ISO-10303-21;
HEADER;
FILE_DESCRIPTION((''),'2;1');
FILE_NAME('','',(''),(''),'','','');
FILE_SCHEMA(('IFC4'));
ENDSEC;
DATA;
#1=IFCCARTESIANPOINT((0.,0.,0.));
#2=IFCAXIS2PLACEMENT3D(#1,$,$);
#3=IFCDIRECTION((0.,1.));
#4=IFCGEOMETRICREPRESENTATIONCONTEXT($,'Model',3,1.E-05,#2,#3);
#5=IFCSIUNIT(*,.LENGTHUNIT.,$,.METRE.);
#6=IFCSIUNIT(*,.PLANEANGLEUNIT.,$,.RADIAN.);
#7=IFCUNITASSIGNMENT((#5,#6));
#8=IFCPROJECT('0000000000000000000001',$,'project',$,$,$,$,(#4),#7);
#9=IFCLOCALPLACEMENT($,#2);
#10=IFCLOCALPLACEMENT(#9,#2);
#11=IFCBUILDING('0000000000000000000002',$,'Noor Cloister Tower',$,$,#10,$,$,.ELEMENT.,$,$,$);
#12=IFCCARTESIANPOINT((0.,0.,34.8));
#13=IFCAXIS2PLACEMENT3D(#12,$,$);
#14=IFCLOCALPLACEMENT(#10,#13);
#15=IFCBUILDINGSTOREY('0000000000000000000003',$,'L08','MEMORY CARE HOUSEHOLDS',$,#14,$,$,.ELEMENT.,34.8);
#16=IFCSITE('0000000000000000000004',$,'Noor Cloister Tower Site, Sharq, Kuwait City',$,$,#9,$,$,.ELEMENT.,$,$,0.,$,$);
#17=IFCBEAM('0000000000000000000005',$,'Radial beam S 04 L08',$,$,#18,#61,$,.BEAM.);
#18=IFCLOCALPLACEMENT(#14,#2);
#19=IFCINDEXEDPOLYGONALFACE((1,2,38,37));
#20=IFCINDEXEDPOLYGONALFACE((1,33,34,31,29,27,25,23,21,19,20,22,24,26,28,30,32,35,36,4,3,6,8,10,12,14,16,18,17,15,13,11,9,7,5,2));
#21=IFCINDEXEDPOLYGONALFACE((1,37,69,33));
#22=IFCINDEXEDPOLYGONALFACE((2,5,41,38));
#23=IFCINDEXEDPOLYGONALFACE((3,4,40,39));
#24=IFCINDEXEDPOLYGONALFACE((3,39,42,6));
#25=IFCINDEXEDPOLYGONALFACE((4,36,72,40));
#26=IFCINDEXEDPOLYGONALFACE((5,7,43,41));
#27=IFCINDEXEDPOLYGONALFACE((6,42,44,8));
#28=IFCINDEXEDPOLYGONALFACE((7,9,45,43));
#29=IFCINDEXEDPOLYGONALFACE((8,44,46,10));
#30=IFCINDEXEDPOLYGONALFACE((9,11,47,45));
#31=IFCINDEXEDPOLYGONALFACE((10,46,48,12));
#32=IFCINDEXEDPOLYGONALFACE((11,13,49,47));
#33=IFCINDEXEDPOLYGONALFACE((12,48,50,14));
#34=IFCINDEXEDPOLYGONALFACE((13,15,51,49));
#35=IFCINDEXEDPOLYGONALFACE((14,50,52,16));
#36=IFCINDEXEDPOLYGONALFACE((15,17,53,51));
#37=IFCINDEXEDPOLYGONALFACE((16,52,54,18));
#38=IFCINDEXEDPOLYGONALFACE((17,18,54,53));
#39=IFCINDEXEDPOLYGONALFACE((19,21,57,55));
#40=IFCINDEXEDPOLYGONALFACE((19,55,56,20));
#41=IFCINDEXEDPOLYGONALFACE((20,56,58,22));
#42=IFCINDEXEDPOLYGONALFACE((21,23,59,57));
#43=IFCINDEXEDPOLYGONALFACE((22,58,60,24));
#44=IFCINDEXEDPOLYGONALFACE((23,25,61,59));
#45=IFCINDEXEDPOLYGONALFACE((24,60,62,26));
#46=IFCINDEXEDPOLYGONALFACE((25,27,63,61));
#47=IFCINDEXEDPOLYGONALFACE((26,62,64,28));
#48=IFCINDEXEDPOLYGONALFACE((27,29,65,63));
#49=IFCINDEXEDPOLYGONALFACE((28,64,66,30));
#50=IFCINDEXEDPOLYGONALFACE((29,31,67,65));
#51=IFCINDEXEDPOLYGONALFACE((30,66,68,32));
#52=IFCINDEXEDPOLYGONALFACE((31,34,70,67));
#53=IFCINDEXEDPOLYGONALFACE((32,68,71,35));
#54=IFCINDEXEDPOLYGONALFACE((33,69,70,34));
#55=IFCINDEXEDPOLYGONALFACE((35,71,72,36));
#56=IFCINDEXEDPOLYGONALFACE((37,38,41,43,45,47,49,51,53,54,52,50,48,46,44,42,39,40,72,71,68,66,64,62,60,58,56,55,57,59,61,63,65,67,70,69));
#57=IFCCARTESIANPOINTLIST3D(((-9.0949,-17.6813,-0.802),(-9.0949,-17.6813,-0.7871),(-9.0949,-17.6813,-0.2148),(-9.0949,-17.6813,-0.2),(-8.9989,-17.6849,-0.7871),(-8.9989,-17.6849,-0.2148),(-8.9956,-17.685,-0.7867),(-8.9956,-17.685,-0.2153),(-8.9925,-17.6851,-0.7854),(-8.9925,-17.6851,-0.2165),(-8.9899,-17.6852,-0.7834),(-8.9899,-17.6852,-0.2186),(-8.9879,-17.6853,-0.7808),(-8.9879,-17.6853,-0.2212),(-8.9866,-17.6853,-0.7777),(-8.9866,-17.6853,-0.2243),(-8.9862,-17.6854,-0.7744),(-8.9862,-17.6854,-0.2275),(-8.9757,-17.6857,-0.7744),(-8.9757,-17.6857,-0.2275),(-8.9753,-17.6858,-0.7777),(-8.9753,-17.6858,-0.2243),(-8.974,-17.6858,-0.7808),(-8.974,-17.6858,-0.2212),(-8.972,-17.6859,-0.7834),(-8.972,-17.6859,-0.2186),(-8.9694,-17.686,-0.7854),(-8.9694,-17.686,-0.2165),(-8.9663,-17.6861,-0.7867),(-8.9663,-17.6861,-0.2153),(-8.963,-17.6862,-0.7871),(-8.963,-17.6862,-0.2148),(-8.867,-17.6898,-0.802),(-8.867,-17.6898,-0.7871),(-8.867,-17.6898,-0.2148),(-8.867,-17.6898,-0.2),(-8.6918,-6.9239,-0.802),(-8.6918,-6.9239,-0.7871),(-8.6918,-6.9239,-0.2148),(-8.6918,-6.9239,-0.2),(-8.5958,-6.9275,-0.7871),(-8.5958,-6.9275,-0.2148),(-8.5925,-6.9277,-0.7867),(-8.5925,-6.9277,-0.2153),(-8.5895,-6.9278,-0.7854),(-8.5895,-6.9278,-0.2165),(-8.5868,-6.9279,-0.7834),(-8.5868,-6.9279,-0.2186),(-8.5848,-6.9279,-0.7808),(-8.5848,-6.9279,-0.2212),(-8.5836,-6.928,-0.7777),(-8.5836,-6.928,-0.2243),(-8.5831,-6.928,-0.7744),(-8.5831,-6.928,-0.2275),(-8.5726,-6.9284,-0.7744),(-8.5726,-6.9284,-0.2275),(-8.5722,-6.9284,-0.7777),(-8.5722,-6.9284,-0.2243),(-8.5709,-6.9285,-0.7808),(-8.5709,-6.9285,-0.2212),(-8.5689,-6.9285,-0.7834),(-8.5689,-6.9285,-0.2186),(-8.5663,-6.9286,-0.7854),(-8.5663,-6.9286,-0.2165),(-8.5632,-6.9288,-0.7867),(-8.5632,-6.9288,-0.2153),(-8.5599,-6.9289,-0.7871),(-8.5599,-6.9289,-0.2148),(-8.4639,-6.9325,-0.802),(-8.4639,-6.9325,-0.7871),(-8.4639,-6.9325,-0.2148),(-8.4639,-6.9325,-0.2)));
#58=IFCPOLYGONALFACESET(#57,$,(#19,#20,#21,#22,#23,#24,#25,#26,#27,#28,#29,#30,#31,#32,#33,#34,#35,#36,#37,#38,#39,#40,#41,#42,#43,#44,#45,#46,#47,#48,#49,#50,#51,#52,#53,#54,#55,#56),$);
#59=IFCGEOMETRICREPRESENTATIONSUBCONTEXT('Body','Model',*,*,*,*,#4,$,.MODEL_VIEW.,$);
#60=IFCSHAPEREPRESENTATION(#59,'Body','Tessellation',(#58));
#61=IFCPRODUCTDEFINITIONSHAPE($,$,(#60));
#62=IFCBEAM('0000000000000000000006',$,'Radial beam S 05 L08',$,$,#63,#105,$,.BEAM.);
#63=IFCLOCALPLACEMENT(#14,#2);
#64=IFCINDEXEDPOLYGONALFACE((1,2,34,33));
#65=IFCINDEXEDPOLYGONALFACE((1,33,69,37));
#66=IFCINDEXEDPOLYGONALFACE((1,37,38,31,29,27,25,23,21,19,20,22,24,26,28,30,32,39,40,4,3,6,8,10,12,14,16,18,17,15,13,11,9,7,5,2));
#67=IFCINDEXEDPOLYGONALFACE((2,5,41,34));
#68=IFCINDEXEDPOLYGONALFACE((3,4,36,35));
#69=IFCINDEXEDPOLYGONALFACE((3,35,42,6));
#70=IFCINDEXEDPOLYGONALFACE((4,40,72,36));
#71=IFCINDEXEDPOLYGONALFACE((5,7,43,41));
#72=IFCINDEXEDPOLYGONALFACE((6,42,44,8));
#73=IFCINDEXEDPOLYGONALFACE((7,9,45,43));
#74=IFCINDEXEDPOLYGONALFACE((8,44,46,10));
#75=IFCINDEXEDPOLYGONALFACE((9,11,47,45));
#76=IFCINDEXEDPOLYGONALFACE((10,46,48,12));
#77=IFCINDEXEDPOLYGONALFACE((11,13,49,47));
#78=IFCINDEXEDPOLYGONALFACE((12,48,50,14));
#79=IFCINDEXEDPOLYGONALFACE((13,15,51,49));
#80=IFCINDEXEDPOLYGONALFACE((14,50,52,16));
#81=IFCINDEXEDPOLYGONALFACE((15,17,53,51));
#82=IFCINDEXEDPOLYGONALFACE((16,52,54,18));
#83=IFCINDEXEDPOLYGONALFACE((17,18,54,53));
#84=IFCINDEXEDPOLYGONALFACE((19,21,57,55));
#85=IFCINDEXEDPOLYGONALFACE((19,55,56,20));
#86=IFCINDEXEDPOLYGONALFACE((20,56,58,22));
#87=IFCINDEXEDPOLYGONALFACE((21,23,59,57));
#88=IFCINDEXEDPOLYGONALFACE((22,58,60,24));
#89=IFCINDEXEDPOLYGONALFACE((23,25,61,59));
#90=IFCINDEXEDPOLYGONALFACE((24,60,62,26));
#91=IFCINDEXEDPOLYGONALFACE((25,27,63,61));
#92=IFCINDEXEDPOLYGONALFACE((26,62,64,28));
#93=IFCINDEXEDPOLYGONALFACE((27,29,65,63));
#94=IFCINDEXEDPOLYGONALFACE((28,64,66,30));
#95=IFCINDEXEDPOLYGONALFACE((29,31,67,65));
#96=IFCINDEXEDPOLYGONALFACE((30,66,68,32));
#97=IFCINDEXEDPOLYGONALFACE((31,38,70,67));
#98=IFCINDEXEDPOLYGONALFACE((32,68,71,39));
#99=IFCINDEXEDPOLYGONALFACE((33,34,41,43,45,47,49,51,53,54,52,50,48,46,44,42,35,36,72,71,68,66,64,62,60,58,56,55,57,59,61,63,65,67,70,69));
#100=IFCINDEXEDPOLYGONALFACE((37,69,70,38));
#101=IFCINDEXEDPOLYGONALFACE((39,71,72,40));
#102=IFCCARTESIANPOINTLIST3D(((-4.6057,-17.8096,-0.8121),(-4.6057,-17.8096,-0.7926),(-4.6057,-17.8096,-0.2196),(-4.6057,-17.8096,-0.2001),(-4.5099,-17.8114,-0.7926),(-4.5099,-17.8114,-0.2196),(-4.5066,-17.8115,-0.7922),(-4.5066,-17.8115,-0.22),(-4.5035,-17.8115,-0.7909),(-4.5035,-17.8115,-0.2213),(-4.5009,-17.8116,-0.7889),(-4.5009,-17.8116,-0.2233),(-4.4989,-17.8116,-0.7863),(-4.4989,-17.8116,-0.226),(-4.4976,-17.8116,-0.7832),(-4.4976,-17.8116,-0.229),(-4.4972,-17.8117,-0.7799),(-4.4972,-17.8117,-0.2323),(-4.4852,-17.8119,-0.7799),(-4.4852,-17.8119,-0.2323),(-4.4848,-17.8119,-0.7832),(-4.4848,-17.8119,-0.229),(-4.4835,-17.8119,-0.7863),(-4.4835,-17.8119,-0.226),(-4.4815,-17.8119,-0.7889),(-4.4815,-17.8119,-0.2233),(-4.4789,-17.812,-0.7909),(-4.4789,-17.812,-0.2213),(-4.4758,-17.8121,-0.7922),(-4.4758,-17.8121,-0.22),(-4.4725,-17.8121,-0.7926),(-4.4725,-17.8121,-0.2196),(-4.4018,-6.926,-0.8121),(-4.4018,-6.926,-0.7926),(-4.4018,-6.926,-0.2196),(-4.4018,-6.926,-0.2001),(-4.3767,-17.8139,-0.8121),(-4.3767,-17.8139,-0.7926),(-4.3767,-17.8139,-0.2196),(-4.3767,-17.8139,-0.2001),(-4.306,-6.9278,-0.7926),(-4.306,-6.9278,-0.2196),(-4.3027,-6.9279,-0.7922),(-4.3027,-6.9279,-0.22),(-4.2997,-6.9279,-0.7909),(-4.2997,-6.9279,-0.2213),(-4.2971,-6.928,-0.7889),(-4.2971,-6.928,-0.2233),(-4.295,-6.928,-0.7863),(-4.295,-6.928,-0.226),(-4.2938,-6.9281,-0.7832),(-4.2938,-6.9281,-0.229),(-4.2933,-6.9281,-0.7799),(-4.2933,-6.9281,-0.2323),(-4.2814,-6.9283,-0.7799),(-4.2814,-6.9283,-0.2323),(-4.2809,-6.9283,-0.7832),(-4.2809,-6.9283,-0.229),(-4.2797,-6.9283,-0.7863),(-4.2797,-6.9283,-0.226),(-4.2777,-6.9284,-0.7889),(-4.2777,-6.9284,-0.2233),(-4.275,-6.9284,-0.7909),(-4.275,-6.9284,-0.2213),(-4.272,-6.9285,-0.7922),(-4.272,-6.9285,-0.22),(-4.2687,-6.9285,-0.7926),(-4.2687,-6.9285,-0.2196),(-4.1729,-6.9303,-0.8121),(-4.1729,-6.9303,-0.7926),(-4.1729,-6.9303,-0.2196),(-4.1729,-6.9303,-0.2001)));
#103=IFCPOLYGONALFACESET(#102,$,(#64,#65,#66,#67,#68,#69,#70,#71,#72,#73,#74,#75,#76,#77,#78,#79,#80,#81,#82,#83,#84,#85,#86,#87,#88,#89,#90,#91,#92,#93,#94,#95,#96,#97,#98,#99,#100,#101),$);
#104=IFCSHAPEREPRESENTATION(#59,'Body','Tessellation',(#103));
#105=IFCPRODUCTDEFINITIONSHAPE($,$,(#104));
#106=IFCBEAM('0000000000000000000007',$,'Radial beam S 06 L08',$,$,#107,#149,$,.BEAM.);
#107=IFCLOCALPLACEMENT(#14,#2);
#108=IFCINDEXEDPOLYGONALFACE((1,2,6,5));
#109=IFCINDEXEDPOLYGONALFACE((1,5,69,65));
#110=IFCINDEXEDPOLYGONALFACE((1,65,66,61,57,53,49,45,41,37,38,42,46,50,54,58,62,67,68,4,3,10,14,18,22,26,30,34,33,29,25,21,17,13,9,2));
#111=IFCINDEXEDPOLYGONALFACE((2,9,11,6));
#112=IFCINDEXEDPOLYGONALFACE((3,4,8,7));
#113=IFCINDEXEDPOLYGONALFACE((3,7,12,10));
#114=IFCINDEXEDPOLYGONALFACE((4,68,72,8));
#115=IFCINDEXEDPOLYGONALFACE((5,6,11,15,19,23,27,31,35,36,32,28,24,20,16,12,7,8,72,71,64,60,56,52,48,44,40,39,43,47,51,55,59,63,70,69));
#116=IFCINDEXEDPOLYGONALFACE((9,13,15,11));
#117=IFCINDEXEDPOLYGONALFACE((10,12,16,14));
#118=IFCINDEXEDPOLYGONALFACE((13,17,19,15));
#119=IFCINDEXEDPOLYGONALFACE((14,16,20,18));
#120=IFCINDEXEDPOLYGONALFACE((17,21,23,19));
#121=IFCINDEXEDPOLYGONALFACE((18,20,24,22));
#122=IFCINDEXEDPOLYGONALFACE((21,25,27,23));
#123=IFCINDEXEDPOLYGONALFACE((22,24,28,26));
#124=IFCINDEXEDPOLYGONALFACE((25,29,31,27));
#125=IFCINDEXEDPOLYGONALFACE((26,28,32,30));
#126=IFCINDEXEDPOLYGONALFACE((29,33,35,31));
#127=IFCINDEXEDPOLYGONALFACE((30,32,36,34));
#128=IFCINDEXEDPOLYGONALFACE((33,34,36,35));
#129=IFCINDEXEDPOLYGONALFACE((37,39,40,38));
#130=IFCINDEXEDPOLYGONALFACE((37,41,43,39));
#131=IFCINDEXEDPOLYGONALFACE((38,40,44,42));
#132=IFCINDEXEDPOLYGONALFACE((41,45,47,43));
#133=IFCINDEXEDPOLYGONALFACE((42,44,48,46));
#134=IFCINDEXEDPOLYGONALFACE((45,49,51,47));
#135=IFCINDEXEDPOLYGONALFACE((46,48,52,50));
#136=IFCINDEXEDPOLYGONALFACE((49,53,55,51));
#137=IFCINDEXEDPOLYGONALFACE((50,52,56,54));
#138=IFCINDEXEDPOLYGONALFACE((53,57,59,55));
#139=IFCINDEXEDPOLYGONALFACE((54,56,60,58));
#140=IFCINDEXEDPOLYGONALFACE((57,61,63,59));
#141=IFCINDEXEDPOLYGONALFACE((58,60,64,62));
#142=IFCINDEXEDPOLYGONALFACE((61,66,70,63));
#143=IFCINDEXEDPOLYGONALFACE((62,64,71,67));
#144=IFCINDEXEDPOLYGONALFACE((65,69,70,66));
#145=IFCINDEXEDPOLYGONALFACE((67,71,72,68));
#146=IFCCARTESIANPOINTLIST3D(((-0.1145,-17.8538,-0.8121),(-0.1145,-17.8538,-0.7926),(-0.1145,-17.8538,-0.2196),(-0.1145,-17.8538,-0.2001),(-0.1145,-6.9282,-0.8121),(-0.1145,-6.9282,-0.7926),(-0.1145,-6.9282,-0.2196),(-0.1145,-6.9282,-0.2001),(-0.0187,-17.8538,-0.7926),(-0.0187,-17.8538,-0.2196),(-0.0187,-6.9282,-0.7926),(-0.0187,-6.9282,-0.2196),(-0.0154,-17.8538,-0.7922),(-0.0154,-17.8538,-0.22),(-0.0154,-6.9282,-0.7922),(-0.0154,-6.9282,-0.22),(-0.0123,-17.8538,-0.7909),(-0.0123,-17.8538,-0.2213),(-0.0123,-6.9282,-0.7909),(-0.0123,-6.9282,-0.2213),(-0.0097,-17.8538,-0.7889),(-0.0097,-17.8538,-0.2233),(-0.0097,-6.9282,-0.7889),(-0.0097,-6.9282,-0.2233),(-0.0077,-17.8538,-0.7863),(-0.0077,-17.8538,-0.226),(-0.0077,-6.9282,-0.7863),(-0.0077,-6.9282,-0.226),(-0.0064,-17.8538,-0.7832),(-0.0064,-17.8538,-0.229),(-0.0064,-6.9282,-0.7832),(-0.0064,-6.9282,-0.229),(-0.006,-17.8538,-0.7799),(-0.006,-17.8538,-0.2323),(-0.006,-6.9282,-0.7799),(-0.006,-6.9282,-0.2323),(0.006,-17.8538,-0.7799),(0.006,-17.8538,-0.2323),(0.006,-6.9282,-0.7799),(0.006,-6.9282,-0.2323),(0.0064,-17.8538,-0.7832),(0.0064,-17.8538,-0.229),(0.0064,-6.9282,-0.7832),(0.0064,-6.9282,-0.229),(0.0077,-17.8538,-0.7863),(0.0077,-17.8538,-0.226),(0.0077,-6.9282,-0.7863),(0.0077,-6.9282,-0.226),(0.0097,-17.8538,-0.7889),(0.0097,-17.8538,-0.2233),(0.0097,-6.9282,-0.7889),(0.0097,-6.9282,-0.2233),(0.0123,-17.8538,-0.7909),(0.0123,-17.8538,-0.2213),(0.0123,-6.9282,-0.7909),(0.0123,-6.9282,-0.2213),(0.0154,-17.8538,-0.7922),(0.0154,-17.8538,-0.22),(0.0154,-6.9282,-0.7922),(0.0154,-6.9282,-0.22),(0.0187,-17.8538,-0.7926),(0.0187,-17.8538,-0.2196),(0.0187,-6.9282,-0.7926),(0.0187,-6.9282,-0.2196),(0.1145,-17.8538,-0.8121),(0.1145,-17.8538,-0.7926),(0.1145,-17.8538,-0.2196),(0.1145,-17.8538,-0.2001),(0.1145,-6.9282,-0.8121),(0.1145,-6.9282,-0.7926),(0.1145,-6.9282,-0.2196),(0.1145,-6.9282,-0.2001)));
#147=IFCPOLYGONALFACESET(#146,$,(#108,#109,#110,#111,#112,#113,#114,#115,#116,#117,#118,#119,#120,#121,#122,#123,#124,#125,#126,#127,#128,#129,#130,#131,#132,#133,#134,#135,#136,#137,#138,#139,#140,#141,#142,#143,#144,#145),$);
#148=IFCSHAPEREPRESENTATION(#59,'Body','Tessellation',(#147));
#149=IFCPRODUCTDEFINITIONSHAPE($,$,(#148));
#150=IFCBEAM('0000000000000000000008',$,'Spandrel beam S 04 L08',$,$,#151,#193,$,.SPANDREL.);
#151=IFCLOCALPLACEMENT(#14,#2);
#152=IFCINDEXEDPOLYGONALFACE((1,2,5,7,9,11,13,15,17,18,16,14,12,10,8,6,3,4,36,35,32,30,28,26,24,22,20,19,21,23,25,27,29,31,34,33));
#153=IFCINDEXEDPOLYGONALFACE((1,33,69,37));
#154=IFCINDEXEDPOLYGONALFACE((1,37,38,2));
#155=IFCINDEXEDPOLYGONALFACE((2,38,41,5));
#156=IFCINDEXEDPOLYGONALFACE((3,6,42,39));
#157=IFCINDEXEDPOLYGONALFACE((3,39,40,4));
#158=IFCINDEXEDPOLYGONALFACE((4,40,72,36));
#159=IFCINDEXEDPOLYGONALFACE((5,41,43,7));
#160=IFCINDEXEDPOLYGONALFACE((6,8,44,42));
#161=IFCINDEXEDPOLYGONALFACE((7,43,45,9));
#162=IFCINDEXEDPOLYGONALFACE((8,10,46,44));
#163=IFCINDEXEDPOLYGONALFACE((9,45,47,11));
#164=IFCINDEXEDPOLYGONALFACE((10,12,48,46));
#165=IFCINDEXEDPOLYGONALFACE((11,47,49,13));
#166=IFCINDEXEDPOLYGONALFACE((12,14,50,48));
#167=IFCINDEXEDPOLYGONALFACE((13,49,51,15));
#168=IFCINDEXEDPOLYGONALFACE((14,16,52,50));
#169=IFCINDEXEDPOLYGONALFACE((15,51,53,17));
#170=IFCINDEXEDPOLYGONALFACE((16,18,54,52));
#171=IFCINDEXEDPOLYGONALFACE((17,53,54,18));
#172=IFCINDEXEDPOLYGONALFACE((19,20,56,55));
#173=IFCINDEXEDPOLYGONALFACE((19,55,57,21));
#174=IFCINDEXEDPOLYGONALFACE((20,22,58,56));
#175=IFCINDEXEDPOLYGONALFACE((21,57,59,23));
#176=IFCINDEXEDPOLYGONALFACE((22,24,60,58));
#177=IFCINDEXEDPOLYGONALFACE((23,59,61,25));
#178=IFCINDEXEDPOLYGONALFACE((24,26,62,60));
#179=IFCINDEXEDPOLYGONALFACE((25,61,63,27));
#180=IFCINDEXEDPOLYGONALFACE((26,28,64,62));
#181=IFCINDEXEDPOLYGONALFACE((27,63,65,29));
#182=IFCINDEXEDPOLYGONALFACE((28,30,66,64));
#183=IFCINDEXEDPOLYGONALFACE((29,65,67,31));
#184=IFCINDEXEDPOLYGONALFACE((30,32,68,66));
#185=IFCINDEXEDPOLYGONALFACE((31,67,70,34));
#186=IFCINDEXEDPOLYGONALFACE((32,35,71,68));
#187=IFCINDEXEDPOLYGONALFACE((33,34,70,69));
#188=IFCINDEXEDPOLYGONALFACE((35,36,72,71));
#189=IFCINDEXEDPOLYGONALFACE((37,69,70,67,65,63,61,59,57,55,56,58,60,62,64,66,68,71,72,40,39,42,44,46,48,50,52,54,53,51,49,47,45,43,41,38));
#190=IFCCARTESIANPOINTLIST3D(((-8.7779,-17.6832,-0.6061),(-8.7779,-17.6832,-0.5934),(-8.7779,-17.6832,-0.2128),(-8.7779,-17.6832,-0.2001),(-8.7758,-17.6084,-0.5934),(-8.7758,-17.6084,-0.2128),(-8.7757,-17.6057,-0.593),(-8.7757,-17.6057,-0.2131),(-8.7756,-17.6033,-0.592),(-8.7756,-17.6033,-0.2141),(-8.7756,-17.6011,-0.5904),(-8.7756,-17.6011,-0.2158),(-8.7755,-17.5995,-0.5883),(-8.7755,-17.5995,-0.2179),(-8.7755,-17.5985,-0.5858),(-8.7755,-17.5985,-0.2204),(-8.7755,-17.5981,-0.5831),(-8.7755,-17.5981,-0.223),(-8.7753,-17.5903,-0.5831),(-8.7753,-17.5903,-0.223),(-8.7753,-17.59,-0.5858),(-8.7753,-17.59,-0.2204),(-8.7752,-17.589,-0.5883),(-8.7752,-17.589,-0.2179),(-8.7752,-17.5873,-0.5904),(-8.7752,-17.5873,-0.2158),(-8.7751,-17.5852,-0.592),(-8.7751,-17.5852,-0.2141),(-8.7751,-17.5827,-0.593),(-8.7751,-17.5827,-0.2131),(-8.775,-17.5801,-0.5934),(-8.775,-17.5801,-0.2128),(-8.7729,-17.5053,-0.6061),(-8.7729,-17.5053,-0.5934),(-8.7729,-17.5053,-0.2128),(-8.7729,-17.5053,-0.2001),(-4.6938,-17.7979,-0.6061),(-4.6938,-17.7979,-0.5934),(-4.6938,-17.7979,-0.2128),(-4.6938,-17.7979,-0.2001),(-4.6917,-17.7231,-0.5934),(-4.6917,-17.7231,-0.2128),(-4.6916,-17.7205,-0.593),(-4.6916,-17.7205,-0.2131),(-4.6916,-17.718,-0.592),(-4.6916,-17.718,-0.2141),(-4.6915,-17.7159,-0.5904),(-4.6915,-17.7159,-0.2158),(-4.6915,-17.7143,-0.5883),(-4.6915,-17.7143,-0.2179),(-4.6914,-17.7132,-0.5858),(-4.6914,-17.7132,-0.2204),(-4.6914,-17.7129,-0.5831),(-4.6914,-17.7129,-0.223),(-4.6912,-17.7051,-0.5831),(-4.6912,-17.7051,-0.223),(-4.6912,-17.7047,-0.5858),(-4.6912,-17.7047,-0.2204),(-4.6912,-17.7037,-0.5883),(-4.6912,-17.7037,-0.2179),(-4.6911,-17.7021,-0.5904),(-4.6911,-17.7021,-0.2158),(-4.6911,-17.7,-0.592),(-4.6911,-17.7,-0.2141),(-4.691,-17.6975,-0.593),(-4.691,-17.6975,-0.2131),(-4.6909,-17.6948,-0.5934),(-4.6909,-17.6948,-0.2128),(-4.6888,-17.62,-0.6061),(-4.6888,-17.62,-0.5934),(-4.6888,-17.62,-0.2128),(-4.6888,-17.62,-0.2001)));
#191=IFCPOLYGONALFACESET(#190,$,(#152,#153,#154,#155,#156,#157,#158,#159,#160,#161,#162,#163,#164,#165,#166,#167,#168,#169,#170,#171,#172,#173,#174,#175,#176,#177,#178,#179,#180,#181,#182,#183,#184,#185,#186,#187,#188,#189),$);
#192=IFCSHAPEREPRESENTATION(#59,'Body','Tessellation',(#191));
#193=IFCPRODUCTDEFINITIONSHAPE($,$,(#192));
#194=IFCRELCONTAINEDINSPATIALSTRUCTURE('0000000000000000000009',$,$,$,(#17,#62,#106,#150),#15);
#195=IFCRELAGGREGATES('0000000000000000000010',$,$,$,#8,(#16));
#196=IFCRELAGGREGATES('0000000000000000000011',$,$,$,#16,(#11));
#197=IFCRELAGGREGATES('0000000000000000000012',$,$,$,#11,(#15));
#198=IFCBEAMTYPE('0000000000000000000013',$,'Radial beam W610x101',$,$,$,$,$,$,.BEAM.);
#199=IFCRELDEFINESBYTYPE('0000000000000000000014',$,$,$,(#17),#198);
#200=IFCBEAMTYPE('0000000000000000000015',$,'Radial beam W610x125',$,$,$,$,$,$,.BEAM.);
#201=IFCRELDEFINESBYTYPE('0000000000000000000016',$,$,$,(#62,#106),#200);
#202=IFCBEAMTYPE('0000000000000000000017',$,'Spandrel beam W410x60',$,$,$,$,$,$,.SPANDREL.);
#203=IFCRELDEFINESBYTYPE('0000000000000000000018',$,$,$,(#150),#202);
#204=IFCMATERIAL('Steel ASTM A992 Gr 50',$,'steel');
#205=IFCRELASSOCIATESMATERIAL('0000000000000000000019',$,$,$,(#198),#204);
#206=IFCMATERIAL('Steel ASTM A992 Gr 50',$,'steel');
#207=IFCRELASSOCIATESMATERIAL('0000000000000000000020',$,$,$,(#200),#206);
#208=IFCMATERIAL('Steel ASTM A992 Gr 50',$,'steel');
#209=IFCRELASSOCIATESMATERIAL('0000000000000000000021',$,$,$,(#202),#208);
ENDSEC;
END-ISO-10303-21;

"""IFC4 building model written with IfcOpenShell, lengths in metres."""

from ifc_helpers import new_model, si_unit, direction, frame, origin, origin_2d, place, context, subcontext, project, spatial, i_section, extrude, material, material_profile, profile_set, type_object, element, save


model = new_model("IFC4")

# Units and contexts
model_context = context("Model", 3, precision=1e-05, world=origin(), true_north=direction((0.0, 1.0)))
body_context = subcontext(model_context, "Body", "Model", "MODEL_VIEW")
ifc_project = project(units=[si_unit("LENGTHUNIT", "METRE"), si_unit("PLANEANGLEUNIT", "RADIAN")], contexts=[model_context])

# Site, building, storey
site_placement = place(None, origin())
site = spatial("IfcSite", under=ifc_project, at=site_placement, Name="Noor Cloister Tower Site, Sharq, Kuwait City", CompositionType="ELEMENT", RefElevation=0.0)
building_placement = place(site_placement, origin())
building = spatial("IfcBuilding", under=site, at=building_placement, Name="Noor Cloister Tower", CompositionType="ELEMENT")
storey_placement = place(building_placement, frame((0.0, 0.0, 34.8)))
storey = spatial("IfcBuildingStorey", under=building, at=storey_placement, Name="L08", Description="MEMORY CARE HOUSEHOLDS", CompositionType="ELEMENT", Elevation=34.8)

# Beams
ifc_material_1 = material(Name="Steel ASTM A992 Gr 50", Category="steel")
ifc_material_profile_1 = material_profile(ifc_material_1, i_section(OverallWidth=0.228, OverallDepth=0.6021, WebThickness=0.0105, FlangeThickness=0.0149, FilletRadius=0.0127, at=origin_2d()), Name="W610x101")
ifc_profile_set_1 = profile_set([ifc_material_profile_1], Name="Steel ASTM A992 Gr 50")
beam_type_1 = type_object("IfcBeamType", Name="Radial beam W610x101", PredefinedType="BEAM", material=ifc_profile_set_1)
beam_1_placement = place(storey_placement, frame((-8.981, -17.6855, -0.501), z_axis=(0.037444, 0.999299, 0.0), x_axis=(-0.999299, 0.037444, 0.0)))
element("IfcBeam", 1, at=beam_1_placement, inside=storey, type_object=beam_type_1, Name="Radial beam S 04 L08", PredefinedType="BEAM", context=body_context, shape_type="SweptSolid", body=[
    extrude(i_section(OverallWidth=0.228, OverallDepth=0.6021, WebThickness=0.0105, FlangeThickness=0.0149, FilletRadius=0.0127, at=origin_2d()), origin(), (0.0, 0.0, 1.0), 10.7649),
])
ifc_material_2 = material(Name="Steel ASTM A992 Gr 50", Category="steel")
ifc_material_profile_2 = material_profile(ifc_material_2, i_section(OverallWidth=0.229, OverallDepth=0.6121, WebThickness=0.012, FlangeThickness=0.0195, FilletRadius=0.0127, at=origin_2d()), Name="W610x125")
ifc_profile_set_2 = profile_set([ifc_material_profile_2], Name="Steel ASTM A992 Gr 50")
beam_type_2 = type_object("IfcBeamType", Name="Radial beam W610x125", PredefinedType="BEAM", material=ifc_profile_set_2)
beam_2_placement = place(storey_placement, frame((-4.4912, -17.8118, -0.5061), z_axis=(0.018728, 0.999825, 0.0), x_axis=(-0.999825, 0.018728, 0.0)))
element("IfcBeam", 2, at=beam_2_placement, inside=storey, type_object=beam_type_2, Name="Radial beam S 05 L08", PredefinedType="BEAM", context=body_context, shape_type="SweptSolid", body=[
    extrude(i_section(OverallWidth=0.229, OverallDepth=0.6121, WebThickness=0.012, FlangeThickness=0.0195, FilletRadius=0.0127, at=origin_2d()), origin(), (0.0, 0.0, 1.0), 10.8855),
])
beam_3_placement = place(storey_placement, frame((0.0, -17.8538, -0.5061), z_axis=(0.0, 1.0, 0.0), x_axis=(-1.0, 0.0, 0.0)))
element("IfcBeam", 3, at=beam_3_placement, inside=storey, type_object=beam_type_2, Name="Radial beam S 06 L08", PredefinedType="BEAM", context=body_context, shape_type="SweptSolid", body=[
    extrude(i_section(OverallWidth=0.229, OverallDepth=0.6121, WebThickness=0.012, FlangeThickness=0.0195, FilletRadius=0.0127, at=origin_2d()), origin(), (0.0, 0.0, 1.0), 10.9255),
])
ifc_material_3 = material(Name="Steel ASTM A992 Gr 50", Category="steel")
ifc_material_profile_3 = material_profile(ifc_material_3, i_section(OverallWidth=0.178, OverallDepth=0.406, WebThickness=0.0078, FlangeThickness=0.0127, FilletRadius=0.0103, at=origin_2d()), Name="W410x60")
ifc_profile_set_3 = profile_set([ifc_material_profile_3], Name="Steel ASTM A992 Gr 50")
beam_type_3 = type_object("IfcBeamType", Name="Spandrel beam W410x60", PredefinedType="SPANDREL", material=ifc_profile_set_3)
for number, where, z_axis, x_axis, name in (
    (4, (-8.7754, -17.5942, -0.4031), (0.999606, -0.028086, 0.0), (0.028086, 0.999606, 0.0), "Spandrel beam S 04 L08"),
):
    element("IfcBeam", number, at=place(storey_placement, frame(where, z_axis=z_axis, x_axis=x_axis)), inside=storey, type_object=beam_type_3, Name=name, PredefinedType="SPANDREL", context=body_context, shape_type="SweptSolid", body=[
        extrude(i_section(OverallWidth=0.178, OverallDepth=0.406, WebThickness=0.0078, FlangeThickness=0.0127, FilletRadius=0.0103, at=origin_2d()), origin(), (0.0, 0.0, 1.0), 4.0857),
    ])

save(model, "model.ifc")
